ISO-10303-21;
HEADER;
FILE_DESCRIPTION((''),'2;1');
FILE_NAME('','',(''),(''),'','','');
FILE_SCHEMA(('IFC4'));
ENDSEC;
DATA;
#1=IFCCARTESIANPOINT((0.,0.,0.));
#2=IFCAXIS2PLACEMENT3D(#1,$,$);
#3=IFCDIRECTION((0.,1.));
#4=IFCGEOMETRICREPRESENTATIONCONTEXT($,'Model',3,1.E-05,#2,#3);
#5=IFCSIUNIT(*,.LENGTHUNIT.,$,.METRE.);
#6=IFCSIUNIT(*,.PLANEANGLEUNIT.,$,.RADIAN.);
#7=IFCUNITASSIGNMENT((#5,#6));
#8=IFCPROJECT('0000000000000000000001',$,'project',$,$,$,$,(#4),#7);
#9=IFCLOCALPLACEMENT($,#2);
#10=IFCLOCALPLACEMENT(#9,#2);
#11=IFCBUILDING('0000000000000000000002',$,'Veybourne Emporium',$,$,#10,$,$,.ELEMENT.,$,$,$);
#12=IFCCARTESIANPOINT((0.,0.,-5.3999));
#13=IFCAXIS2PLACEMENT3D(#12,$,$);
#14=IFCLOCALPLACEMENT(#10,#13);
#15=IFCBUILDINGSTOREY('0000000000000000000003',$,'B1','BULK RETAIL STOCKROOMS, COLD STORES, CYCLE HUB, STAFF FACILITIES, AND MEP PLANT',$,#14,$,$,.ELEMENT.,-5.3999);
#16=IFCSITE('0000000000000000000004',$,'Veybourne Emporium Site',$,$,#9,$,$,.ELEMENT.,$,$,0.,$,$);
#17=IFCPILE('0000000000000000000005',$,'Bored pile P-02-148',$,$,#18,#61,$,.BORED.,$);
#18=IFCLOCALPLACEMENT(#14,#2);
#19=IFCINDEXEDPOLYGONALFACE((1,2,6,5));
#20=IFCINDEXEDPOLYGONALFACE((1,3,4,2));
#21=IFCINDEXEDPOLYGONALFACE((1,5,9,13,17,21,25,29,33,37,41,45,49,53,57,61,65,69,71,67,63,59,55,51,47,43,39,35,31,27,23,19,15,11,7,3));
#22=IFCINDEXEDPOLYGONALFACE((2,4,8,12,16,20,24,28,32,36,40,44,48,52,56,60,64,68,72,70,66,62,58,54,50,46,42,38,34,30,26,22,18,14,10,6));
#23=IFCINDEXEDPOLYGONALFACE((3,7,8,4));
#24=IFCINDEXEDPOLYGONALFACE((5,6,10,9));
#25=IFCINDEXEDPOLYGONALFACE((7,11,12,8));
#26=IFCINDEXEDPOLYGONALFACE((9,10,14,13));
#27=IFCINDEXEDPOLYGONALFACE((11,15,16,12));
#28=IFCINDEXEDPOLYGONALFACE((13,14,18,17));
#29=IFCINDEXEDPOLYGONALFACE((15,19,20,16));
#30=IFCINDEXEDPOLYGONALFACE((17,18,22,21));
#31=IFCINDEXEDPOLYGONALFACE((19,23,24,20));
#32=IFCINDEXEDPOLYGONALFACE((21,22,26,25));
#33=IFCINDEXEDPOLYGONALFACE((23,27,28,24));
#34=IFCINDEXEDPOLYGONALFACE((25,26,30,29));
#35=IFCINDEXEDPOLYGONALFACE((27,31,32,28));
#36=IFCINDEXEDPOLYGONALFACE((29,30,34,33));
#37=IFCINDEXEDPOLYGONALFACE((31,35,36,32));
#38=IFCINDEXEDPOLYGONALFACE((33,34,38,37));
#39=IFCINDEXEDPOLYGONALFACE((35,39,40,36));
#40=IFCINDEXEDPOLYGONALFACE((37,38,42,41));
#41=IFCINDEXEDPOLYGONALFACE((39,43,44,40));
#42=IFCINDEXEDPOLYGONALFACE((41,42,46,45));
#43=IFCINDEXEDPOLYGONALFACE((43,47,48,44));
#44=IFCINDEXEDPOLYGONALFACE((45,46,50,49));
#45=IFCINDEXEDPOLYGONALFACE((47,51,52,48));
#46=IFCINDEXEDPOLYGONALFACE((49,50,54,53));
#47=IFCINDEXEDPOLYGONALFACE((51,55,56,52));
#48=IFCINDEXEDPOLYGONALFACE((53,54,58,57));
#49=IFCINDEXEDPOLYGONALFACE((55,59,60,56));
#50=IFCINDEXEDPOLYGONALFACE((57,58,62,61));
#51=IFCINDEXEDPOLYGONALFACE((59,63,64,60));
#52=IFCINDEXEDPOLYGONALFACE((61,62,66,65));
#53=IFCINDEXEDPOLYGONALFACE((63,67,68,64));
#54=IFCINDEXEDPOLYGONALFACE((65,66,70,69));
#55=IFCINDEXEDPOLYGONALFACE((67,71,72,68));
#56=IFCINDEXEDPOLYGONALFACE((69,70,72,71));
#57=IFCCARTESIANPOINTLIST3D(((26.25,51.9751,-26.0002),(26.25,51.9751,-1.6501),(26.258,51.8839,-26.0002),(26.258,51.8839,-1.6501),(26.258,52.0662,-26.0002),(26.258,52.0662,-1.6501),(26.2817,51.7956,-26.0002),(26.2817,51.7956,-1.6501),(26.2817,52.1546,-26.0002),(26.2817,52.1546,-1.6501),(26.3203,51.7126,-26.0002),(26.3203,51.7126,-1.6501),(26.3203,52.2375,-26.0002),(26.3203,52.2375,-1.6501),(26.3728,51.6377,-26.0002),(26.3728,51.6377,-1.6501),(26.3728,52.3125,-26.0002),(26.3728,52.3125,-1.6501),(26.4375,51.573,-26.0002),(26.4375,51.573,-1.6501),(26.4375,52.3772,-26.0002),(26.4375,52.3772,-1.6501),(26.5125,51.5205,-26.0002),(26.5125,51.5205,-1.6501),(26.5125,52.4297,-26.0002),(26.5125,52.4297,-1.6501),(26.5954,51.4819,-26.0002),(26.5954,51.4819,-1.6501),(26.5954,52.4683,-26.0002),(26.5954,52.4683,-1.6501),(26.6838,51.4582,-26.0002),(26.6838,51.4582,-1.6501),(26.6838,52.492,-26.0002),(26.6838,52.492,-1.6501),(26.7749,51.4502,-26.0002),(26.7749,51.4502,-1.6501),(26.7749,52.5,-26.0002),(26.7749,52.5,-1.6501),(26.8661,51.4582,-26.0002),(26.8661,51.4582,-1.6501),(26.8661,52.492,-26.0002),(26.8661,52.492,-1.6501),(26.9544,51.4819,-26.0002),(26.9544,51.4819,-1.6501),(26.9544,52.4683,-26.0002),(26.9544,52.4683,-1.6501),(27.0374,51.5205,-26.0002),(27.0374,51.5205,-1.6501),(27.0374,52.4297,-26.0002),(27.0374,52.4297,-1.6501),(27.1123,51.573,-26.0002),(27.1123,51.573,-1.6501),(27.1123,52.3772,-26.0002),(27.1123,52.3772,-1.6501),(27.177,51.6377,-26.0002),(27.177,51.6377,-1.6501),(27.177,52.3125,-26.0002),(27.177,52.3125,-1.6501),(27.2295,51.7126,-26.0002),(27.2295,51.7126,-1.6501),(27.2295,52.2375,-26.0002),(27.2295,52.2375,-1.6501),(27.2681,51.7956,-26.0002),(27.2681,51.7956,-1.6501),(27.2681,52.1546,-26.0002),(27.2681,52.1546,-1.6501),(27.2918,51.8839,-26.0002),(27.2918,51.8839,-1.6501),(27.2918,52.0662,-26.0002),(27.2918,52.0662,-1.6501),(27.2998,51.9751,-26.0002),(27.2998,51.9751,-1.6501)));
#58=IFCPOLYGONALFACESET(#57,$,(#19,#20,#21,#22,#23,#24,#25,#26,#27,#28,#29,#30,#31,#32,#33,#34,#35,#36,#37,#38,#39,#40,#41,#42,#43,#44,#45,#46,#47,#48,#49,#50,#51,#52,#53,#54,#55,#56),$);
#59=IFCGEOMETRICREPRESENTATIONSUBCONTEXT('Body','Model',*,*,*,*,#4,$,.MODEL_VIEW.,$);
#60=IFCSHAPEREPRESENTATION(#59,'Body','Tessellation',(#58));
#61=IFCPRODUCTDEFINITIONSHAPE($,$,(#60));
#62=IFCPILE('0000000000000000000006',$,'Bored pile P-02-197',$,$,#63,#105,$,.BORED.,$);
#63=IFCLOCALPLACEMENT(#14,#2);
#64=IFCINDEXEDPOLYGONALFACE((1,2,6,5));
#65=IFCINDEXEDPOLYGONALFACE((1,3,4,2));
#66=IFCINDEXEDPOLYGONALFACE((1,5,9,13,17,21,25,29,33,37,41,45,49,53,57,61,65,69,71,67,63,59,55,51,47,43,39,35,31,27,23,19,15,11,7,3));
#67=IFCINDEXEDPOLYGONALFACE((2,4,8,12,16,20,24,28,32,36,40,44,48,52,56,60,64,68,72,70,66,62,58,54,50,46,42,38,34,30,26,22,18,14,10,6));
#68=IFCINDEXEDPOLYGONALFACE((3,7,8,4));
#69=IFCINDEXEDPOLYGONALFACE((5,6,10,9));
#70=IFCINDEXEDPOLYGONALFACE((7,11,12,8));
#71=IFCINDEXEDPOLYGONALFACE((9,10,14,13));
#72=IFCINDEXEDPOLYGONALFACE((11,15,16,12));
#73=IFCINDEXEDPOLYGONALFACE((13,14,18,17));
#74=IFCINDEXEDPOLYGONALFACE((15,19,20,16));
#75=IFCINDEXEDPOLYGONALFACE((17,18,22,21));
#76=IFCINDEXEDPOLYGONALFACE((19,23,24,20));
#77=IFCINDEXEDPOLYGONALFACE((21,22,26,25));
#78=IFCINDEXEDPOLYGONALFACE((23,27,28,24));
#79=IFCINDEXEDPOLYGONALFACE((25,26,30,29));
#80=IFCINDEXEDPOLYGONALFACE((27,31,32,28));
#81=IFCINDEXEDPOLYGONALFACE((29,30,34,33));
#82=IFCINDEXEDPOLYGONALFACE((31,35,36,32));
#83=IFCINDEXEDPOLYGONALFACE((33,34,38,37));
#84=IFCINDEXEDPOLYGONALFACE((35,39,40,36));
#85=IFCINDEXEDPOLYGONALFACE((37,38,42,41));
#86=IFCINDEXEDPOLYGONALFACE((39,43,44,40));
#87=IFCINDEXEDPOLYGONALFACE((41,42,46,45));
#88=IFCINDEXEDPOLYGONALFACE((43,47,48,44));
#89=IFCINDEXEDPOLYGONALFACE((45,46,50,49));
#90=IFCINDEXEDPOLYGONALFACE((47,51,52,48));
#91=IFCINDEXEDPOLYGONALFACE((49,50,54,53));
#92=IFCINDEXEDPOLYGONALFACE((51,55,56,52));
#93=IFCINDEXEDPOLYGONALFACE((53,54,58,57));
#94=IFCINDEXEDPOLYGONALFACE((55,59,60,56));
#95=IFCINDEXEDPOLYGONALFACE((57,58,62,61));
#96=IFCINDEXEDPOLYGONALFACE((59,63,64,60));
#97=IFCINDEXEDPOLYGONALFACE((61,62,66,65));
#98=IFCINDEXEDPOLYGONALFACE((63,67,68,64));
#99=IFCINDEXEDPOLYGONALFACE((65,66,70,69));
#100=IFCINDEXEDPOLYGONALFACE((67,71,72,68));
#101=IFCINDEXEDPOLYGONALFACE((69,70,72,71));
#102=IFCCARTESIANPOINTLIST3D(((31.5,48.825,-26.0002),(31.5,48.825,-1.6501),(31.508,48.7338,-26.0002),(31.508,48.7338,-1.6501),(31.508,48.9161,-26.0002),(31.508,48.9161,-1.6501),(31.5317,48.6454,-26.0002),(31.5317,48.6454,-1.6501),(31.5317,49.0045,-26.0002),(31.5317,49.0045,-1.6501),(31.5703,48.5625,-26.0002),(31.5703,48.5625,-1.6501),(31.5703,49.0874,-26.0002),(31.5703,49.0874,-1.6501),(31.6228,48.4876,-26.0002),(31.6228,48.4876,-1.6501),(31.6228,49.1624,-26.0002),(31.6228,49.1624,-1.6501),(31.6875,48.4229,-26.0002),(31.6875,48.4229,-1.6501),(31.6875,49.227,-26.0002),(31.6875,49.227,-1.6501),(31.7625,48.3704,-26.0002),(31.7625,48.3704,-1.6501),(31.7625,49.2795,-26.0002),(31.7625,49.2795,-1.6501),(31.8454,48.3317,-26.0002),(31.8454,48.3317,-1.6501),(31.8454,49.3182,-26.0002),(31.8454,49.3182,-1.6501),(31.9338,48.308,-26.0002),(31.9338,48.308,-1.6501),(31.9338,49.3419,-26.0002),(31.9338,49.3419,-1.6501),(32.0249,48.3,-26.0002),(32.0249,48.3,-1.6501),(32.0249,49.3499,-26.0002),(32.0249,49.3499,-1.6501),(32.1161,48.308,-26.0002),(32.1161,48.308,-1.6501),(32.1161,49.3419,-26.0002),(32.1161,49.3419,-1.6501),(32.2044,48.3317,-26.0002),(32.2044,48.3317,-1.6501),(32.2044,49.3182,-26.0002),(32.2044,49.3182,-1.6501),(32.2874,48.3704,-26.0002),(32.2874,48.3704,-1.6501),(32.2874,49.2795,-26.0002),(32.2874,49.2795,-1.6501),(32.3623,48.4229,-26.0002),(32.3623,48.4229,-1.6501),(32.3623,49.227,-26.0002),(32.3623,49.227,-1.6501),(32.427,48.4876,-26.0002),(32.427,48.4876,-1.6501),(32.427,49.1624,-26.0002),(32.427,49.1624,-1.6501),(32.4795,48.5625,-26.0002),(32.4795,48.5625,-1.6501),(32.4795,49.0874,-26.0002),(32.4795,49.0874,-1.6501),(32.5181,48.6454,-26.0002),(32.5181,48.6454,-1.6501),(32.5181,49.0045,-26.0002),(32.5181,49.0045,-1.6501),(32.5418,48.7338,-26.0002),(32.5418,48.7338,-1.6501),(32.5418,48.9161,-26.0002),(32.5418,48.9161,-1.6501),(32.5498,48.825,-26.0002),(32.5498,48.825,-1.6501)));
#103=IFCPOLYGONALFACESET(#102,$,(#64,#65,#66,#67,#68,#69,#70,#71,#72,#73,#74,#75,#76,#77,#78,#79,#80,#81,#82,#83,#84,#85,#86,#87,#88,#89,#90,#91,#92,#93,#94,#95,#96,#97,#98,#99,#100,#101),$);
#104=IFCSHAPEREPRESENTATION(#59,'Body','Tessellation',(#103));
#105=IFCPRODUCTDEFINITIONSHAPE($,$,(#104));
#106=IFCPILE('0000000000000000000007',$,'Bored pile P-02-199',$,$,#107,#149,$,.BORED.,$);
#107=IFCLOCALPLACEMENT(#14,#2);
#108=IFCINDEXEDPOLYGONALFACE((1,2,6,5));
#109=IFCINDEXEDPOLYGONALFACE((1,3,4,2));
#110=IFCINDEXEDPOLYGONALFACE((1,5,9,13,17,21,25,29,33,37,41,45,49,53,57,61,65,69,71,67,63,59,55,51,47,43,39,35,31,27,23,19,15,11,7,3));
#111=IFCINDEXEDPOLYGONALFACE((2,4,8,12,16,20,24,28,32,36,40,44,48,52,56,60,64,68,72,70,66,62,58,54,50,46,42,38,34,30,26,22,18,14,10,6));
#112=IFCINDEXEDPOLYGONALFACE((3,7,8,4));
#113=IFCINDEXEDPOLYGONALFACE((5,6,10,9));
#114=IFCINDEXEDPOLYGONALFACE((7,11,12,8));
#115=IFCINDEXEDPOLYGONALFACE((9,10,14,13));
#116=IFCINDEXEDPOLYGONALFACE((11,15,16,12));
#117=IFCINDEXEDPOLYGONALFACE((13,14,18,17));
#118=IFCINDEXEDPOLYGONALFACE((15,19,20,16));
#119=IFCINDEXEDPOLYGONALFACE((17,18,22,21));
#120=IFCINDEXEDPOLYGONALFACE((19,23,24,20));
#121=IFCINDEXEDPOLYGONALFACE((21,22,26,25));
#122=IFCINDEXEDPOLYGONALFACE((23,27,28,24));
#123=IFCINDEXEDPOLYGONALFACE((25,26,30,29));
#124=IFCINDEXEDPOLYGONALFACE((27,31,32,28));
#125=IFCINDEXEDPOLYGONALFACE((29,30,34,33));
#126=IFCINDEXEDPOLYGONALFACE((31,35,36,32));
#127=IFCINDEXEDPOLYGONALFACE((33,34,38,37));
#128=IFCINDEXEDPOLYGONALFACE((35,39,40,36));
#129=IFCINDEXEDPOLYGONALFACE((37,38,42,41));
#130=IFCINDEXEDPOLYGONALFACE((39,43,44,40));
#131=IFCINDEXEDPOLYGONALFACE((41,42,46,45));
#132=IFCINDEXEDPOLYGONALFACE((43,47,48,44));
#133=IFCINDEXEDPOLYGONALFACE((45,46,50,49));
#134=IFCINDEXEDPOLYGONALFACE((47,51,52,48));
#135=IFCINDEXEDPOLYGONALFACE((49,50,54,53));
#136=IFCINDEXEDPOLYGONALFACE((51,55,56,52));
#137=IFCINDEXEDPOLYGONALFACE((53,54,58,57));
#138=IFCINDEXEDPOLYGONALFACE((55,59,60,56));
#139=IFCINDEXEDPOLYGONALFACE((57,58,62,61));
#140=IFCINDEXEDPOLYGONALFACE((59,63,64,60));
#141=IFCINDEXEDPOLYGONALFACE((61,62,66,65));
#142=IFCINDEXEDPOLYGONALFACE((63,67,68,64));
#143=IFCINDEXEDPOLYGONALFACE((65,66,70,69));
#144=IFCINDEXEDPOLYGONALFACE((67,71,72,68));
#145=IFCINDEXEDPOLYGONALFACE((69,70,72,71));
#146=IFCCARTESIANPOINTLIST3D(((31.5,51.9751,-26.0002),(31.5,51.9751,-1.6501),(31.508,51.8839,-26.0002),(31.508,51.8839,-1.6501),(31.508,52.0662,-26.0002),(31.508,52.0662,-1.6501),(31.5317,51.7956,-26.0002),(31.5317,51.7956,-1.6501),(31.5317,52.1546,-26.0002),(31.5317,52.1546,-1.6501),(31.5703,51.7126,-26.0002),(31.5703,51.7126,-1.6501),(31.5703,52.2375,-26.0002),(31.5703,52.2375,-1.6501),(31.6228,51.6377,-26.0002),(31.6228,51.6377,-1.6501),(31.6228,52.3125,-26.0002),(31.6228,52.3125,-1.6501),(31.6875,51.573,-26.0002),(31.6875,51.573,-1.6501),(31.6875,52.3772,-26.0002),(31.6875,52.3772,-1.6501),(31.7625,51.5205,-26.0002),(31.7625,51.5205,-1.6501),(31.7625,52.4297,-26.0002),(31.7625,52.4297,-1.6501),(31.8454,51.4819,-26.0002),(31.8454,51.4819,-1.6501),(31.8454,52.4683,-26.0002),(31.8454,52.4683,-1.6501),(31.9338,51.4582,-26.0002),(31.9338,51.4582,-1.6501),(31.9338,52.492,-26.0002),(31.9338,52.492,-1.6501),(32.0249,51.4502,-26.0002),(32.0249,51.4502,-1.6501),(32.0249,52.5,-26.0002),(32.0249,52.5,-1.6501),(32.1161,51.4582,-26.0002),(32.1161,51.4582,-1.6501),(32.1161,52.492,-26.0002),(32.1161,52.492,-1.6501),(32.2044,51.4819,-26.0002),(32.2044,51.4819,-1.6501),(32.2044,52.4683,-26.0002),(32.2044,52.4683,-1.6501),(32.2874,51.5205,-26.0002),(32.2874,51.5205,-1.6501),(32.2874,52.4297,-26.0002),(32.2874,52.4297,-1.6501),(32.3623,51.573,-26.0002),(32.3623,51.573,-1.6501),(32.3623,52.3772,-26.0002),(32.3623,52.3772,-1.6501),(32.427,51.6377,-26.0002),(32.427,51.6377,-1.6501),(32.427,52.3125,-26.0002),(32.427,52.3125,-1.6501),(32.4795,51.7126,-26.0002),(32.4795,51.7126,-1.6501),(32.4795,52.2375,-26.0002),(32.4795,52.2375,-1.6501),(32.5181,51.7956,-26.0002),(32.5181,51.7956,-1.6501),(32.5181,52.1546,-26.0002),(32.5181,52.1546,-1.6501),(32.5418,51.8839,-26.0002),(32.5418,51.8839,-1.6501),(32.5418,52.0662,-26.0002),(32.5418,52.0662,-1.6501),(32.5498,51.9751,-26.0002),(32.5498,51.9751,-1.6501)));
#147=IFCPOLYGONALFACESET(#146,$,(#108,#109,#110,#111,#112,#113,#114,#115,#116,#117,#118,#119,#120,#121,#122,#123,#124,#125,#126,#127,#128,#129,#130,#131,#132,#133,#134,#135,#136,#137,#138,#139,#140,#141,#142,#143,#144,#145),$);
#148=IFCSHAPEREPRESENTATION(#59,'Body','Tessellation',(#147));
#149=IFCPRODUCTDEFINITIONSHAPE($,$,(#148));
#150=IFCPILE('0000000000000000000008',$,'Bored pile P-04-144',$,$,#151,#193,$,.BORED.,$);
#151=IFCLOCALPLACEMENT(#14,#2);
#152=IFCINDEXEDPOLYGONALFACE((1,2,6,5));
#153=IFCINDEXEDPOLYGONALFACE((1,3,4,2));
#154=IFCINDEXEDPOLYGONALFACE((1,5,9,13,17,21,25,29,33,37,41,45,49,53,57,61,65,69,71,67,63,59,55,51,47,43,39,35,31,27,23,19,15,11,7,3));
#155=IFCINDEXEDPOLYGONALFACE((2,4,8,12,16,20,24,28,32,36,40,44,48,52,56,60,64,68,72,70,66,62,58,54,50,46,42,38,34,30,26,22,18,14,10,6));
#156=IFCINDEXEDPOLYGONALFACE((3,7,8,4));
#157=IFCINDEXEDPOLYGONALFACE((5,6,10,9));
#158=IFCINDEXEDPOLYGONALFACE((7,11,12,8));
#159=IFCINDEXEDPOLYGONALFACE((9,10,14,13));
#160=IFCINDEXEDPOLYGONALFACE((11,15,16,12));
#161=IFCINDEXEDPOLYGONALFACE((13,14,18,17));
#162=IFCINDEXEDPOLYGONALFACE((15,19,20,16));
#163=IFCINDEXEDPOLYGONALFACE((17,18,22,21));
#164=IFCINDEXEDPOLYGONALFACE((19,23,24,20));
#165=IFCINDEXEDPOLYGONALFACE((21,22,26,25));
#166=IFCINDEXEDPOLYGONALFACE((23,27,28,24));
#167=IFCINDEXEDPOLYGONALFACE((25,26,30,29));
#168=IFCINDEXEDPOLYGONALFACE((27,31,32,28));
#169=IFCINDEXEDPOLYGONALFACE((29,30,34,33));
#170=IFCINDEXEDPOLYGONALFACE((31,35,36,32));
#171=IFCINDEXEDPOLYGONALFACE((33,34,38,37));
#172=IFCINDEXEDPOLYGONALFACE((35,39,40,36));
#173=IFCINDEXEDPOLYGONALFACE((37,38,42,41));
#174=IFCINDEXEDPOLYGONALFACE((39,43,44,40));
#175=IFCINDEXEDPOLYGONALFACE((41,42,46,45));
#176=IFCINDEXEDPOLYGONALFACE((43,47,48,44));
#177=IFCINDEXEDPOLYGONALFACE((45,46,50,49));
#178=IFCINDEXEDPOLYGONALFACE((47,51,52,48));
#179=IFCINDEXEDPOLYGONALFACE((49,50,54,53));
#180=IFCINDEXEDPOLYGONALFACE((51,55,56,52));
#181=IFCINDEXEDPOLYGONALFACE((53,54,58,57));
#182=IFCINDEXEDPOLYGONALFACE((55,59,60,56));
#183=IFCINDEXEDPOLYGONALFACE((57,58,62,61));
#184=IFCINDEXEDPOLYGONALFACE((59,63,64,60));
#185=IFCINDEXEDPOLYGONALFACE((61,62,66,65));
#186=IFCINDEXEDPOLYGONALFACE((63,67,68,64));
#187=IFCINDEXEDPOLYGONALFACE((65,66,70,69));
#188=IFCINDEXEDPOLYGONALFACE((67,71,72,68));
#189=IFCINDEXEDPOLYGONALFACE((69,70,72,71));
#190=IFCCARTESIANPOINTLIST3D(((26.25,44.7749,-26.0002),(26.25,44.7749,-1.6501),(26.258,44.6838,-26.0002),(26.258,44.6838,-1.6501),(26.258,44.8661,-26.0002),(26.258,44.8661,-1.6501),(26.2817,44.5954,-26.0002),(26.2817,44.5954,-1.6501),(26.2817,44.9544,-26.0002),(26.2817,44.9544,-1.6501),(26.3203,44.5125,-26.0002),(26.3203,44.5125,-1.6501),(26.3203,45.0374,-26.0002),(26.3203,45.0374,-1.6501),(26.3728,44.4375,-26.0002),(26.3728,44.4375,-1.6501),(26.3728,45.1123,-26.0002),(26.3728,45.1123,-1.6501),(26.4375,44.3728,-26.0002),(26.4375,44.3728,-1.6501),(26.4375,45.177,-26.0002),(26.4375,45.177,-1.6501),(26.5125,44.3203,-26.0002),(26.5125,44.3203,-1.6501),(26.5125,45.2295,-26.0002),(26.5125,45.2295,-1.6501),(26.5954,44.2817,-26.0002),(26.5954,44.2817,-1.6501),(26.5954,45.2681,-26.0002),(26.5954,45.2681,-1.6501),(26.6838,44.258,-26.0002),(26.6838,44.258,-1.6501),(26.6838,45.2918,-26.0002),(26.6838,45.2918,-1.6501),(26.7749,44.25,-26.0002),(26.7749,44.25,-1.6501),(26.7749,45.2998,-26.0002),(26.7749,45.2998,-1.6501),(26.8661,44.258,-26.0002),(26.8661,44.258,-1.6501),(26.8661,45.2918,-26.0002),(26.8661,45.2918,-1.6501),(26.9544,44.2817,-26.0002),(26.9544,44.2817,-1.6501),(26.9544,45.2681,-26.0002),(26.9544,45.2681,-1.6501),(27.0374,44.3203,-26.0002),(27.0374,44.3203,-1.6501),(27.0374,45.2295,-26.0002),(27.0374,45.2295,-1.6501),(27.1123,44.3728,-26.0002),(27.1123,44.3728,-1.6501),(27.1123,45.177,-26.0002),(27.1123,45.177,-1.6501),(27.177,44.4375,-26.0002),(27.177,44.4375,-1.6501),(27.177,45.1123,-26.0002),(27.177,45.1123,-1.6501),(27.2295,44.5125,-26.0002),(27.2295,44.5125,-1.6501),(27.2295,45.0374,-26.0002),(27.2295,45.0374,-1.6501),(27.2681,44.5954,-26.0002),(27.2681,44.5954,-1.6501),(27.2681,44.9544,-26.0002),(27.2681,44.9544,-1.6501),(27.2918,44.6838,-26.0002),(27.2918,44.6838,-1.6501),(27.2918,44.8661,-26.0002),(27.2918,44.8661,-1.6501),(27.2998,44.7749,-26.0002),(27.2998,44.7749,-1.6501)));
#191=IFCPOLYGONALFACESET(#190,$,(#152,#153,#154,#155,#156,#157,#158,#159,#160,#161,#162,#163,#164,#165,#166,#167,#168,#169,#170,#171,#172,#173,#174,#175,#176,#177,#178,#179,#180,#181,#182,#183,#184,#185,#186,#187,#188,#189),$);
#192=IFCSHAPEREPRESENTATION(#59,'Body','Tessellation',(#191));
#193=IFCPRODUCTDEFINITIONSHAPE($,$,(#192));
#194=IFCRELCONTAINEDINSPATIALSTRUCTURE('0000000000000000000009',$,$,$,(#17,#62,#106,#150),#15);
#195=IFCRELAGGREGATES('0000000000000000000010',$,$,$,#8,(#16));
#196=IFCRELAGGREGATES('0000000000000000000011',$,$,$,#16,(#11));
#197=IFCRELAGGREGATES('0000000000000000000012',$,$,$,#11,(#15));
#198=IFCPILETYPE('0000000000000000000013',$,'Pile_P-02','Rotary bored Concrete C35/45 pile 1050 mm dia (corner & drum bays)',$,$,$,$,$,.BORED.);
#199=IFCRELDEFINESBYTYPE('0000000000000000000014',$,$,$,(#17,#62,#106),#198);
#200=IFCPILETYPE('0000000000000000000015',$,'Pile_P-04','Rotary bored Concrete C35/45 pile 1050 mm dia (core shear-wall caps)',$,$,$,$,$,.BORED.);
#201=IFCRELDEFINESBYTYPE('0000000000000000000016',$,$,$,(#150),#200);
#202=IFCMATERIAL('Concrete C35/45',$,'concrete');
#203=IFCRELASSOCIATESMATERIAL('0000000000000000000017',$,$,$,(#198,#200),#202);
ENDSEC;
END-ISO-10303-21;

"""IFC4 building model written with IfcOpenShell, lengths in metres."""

from ifc_helpers import new_model, si_unit, direction, frame, origin, origin_2d, place, context, subcontext, project, spatial, circle, extrude, material, material_profile, profile_set, type_object, element, save


model = new_model("IFC4")

# Units and contexts
model_context = context("Model", 3, precision=1e-05, world=origin(), true_north=direction((0.0, 1.0)))
body_context = subcontext(model_context, "Body", "Model", "MODEL_VIEW")
ifc_project = project(units=[si_unit("LENGTHUNIT", "METRE"), si_unit("PLANEANGLEUNIT", "RADIAN")], contexts=[model_context])

# Site, building, storey
site_placement = place(None, origin())
site = spatial("IfcSite", under=ifc_project, at=site_placement, Name="Veybourne Emporium Site", CompositionType="ELEMENT", RefElevation=0.0)
building_placement = place(site_placement, origin())
building = spatial("IfcBuilding", under=site, at=building_placement, Name="Veybourne Emporium", CompositionType="ELEMENT")
storey_placement = place(building_placement, frame((0.0, 0.0, -5.3999)))
storey = spatial("IfcBuildingStorey", under=building, at=storey_placement, Name="B1", Description="BULK RETAIL STOCKROOMS, COLD STORES, CYCLE HUB, STAFF FACILITIES, AND MEP PLANT", CompositionType="ELEMENT", Elevation=-5.3999)

# Shared definitions
ifc_material_1 = material(Name="Concrete C35/45", Category="concrete")

# Piles
ifc_material_profile_1 = material_profile(ifc_material_1, circle(Radius=0.5249, at=origin_2d()), Name="BORED PILE 1050")
ifc_profile_set_1 = profile_set([ifc_material_profile_1], Name="Concrete C35/45")
pile_type_1 = type_object("IfcPileType", Name="Pile_P-02", Description="Rotary bored Concrete C35/45 pile 1050 mm dia (corner & drum bays)", PredefinedType="BORED", material=ifc_profile_set_1)
for number, where, z_axis, x_axis, name in (
    (1, (26.7749, 51.9751, -1.6501), (0.0, 0.0, -1.0), (1.0, 0.0, 0.0), "Bored pile P-02-148"),
    (2, (32.0249, 48.825, -1.6501), (0.0, 0.0, -1.0), (1.0, 0.0, 0.0), "Bored pile P-02-197"),
    (3, (32.0249, 51.9751, -1.6501), (0.0, 0.0, -1.0), (1.0, 0.0, 0.0), "Bored pile P-02-199"),
):
    element("IfcPile", number, at=place(storey_placement, frame(where, z_axis=z_axis, x_axis=x_axis)), inside=storey, type_object=pile_type_1, Name=name, PredefinedType="BORED", context=body_context, shape_type="SweptSolid", body=[
        extrude(circle(Radius=0.5249, at=origin_2d()), origin(), (0.0, 0.0, 1.0), 24.3501),
    ])
ifc_material_profile_2 = material_profile(ifc_material_1, circle(Radius=0.5249, at=origin_2d()), Name="BORED PILE 1050")
ifc_profile_set_2 = profile_set([ifc_material_profile_2], Name="Concrete C35/45")
pile_type_2 = type_object("IfcPileType", Name="Pile_P-04", Description="Rotary bored Concrete C35/45 pile 1050 mm dia (core shear-wall caps)", PredefinedType="BORED", material=ifc_profile_set_2)
for number, where, z_axis, x_axis, name in (
    (4, (26.7749, 44.7749, -1.6501), (0.0, 0.0, -1.0), (1.0, 0.0, 0.0), "Bored pile P-04-144"),
):
    element("IfcPile", number, at=place(storey_placement, frame(where, z_axis=z_axis, x_axis=x_axis)), inside=storey, type_object=pile_type_2, Name=name, PredefinedType="BORED", context=body_context, shape_type="SweptSolid", body=[
        extrude(circle(Radius=0.5249, at=origin_2d()), origin(), (0.0, 0.0, 1.0), 24.3501),
    ])

save(model, "model.ifc")
